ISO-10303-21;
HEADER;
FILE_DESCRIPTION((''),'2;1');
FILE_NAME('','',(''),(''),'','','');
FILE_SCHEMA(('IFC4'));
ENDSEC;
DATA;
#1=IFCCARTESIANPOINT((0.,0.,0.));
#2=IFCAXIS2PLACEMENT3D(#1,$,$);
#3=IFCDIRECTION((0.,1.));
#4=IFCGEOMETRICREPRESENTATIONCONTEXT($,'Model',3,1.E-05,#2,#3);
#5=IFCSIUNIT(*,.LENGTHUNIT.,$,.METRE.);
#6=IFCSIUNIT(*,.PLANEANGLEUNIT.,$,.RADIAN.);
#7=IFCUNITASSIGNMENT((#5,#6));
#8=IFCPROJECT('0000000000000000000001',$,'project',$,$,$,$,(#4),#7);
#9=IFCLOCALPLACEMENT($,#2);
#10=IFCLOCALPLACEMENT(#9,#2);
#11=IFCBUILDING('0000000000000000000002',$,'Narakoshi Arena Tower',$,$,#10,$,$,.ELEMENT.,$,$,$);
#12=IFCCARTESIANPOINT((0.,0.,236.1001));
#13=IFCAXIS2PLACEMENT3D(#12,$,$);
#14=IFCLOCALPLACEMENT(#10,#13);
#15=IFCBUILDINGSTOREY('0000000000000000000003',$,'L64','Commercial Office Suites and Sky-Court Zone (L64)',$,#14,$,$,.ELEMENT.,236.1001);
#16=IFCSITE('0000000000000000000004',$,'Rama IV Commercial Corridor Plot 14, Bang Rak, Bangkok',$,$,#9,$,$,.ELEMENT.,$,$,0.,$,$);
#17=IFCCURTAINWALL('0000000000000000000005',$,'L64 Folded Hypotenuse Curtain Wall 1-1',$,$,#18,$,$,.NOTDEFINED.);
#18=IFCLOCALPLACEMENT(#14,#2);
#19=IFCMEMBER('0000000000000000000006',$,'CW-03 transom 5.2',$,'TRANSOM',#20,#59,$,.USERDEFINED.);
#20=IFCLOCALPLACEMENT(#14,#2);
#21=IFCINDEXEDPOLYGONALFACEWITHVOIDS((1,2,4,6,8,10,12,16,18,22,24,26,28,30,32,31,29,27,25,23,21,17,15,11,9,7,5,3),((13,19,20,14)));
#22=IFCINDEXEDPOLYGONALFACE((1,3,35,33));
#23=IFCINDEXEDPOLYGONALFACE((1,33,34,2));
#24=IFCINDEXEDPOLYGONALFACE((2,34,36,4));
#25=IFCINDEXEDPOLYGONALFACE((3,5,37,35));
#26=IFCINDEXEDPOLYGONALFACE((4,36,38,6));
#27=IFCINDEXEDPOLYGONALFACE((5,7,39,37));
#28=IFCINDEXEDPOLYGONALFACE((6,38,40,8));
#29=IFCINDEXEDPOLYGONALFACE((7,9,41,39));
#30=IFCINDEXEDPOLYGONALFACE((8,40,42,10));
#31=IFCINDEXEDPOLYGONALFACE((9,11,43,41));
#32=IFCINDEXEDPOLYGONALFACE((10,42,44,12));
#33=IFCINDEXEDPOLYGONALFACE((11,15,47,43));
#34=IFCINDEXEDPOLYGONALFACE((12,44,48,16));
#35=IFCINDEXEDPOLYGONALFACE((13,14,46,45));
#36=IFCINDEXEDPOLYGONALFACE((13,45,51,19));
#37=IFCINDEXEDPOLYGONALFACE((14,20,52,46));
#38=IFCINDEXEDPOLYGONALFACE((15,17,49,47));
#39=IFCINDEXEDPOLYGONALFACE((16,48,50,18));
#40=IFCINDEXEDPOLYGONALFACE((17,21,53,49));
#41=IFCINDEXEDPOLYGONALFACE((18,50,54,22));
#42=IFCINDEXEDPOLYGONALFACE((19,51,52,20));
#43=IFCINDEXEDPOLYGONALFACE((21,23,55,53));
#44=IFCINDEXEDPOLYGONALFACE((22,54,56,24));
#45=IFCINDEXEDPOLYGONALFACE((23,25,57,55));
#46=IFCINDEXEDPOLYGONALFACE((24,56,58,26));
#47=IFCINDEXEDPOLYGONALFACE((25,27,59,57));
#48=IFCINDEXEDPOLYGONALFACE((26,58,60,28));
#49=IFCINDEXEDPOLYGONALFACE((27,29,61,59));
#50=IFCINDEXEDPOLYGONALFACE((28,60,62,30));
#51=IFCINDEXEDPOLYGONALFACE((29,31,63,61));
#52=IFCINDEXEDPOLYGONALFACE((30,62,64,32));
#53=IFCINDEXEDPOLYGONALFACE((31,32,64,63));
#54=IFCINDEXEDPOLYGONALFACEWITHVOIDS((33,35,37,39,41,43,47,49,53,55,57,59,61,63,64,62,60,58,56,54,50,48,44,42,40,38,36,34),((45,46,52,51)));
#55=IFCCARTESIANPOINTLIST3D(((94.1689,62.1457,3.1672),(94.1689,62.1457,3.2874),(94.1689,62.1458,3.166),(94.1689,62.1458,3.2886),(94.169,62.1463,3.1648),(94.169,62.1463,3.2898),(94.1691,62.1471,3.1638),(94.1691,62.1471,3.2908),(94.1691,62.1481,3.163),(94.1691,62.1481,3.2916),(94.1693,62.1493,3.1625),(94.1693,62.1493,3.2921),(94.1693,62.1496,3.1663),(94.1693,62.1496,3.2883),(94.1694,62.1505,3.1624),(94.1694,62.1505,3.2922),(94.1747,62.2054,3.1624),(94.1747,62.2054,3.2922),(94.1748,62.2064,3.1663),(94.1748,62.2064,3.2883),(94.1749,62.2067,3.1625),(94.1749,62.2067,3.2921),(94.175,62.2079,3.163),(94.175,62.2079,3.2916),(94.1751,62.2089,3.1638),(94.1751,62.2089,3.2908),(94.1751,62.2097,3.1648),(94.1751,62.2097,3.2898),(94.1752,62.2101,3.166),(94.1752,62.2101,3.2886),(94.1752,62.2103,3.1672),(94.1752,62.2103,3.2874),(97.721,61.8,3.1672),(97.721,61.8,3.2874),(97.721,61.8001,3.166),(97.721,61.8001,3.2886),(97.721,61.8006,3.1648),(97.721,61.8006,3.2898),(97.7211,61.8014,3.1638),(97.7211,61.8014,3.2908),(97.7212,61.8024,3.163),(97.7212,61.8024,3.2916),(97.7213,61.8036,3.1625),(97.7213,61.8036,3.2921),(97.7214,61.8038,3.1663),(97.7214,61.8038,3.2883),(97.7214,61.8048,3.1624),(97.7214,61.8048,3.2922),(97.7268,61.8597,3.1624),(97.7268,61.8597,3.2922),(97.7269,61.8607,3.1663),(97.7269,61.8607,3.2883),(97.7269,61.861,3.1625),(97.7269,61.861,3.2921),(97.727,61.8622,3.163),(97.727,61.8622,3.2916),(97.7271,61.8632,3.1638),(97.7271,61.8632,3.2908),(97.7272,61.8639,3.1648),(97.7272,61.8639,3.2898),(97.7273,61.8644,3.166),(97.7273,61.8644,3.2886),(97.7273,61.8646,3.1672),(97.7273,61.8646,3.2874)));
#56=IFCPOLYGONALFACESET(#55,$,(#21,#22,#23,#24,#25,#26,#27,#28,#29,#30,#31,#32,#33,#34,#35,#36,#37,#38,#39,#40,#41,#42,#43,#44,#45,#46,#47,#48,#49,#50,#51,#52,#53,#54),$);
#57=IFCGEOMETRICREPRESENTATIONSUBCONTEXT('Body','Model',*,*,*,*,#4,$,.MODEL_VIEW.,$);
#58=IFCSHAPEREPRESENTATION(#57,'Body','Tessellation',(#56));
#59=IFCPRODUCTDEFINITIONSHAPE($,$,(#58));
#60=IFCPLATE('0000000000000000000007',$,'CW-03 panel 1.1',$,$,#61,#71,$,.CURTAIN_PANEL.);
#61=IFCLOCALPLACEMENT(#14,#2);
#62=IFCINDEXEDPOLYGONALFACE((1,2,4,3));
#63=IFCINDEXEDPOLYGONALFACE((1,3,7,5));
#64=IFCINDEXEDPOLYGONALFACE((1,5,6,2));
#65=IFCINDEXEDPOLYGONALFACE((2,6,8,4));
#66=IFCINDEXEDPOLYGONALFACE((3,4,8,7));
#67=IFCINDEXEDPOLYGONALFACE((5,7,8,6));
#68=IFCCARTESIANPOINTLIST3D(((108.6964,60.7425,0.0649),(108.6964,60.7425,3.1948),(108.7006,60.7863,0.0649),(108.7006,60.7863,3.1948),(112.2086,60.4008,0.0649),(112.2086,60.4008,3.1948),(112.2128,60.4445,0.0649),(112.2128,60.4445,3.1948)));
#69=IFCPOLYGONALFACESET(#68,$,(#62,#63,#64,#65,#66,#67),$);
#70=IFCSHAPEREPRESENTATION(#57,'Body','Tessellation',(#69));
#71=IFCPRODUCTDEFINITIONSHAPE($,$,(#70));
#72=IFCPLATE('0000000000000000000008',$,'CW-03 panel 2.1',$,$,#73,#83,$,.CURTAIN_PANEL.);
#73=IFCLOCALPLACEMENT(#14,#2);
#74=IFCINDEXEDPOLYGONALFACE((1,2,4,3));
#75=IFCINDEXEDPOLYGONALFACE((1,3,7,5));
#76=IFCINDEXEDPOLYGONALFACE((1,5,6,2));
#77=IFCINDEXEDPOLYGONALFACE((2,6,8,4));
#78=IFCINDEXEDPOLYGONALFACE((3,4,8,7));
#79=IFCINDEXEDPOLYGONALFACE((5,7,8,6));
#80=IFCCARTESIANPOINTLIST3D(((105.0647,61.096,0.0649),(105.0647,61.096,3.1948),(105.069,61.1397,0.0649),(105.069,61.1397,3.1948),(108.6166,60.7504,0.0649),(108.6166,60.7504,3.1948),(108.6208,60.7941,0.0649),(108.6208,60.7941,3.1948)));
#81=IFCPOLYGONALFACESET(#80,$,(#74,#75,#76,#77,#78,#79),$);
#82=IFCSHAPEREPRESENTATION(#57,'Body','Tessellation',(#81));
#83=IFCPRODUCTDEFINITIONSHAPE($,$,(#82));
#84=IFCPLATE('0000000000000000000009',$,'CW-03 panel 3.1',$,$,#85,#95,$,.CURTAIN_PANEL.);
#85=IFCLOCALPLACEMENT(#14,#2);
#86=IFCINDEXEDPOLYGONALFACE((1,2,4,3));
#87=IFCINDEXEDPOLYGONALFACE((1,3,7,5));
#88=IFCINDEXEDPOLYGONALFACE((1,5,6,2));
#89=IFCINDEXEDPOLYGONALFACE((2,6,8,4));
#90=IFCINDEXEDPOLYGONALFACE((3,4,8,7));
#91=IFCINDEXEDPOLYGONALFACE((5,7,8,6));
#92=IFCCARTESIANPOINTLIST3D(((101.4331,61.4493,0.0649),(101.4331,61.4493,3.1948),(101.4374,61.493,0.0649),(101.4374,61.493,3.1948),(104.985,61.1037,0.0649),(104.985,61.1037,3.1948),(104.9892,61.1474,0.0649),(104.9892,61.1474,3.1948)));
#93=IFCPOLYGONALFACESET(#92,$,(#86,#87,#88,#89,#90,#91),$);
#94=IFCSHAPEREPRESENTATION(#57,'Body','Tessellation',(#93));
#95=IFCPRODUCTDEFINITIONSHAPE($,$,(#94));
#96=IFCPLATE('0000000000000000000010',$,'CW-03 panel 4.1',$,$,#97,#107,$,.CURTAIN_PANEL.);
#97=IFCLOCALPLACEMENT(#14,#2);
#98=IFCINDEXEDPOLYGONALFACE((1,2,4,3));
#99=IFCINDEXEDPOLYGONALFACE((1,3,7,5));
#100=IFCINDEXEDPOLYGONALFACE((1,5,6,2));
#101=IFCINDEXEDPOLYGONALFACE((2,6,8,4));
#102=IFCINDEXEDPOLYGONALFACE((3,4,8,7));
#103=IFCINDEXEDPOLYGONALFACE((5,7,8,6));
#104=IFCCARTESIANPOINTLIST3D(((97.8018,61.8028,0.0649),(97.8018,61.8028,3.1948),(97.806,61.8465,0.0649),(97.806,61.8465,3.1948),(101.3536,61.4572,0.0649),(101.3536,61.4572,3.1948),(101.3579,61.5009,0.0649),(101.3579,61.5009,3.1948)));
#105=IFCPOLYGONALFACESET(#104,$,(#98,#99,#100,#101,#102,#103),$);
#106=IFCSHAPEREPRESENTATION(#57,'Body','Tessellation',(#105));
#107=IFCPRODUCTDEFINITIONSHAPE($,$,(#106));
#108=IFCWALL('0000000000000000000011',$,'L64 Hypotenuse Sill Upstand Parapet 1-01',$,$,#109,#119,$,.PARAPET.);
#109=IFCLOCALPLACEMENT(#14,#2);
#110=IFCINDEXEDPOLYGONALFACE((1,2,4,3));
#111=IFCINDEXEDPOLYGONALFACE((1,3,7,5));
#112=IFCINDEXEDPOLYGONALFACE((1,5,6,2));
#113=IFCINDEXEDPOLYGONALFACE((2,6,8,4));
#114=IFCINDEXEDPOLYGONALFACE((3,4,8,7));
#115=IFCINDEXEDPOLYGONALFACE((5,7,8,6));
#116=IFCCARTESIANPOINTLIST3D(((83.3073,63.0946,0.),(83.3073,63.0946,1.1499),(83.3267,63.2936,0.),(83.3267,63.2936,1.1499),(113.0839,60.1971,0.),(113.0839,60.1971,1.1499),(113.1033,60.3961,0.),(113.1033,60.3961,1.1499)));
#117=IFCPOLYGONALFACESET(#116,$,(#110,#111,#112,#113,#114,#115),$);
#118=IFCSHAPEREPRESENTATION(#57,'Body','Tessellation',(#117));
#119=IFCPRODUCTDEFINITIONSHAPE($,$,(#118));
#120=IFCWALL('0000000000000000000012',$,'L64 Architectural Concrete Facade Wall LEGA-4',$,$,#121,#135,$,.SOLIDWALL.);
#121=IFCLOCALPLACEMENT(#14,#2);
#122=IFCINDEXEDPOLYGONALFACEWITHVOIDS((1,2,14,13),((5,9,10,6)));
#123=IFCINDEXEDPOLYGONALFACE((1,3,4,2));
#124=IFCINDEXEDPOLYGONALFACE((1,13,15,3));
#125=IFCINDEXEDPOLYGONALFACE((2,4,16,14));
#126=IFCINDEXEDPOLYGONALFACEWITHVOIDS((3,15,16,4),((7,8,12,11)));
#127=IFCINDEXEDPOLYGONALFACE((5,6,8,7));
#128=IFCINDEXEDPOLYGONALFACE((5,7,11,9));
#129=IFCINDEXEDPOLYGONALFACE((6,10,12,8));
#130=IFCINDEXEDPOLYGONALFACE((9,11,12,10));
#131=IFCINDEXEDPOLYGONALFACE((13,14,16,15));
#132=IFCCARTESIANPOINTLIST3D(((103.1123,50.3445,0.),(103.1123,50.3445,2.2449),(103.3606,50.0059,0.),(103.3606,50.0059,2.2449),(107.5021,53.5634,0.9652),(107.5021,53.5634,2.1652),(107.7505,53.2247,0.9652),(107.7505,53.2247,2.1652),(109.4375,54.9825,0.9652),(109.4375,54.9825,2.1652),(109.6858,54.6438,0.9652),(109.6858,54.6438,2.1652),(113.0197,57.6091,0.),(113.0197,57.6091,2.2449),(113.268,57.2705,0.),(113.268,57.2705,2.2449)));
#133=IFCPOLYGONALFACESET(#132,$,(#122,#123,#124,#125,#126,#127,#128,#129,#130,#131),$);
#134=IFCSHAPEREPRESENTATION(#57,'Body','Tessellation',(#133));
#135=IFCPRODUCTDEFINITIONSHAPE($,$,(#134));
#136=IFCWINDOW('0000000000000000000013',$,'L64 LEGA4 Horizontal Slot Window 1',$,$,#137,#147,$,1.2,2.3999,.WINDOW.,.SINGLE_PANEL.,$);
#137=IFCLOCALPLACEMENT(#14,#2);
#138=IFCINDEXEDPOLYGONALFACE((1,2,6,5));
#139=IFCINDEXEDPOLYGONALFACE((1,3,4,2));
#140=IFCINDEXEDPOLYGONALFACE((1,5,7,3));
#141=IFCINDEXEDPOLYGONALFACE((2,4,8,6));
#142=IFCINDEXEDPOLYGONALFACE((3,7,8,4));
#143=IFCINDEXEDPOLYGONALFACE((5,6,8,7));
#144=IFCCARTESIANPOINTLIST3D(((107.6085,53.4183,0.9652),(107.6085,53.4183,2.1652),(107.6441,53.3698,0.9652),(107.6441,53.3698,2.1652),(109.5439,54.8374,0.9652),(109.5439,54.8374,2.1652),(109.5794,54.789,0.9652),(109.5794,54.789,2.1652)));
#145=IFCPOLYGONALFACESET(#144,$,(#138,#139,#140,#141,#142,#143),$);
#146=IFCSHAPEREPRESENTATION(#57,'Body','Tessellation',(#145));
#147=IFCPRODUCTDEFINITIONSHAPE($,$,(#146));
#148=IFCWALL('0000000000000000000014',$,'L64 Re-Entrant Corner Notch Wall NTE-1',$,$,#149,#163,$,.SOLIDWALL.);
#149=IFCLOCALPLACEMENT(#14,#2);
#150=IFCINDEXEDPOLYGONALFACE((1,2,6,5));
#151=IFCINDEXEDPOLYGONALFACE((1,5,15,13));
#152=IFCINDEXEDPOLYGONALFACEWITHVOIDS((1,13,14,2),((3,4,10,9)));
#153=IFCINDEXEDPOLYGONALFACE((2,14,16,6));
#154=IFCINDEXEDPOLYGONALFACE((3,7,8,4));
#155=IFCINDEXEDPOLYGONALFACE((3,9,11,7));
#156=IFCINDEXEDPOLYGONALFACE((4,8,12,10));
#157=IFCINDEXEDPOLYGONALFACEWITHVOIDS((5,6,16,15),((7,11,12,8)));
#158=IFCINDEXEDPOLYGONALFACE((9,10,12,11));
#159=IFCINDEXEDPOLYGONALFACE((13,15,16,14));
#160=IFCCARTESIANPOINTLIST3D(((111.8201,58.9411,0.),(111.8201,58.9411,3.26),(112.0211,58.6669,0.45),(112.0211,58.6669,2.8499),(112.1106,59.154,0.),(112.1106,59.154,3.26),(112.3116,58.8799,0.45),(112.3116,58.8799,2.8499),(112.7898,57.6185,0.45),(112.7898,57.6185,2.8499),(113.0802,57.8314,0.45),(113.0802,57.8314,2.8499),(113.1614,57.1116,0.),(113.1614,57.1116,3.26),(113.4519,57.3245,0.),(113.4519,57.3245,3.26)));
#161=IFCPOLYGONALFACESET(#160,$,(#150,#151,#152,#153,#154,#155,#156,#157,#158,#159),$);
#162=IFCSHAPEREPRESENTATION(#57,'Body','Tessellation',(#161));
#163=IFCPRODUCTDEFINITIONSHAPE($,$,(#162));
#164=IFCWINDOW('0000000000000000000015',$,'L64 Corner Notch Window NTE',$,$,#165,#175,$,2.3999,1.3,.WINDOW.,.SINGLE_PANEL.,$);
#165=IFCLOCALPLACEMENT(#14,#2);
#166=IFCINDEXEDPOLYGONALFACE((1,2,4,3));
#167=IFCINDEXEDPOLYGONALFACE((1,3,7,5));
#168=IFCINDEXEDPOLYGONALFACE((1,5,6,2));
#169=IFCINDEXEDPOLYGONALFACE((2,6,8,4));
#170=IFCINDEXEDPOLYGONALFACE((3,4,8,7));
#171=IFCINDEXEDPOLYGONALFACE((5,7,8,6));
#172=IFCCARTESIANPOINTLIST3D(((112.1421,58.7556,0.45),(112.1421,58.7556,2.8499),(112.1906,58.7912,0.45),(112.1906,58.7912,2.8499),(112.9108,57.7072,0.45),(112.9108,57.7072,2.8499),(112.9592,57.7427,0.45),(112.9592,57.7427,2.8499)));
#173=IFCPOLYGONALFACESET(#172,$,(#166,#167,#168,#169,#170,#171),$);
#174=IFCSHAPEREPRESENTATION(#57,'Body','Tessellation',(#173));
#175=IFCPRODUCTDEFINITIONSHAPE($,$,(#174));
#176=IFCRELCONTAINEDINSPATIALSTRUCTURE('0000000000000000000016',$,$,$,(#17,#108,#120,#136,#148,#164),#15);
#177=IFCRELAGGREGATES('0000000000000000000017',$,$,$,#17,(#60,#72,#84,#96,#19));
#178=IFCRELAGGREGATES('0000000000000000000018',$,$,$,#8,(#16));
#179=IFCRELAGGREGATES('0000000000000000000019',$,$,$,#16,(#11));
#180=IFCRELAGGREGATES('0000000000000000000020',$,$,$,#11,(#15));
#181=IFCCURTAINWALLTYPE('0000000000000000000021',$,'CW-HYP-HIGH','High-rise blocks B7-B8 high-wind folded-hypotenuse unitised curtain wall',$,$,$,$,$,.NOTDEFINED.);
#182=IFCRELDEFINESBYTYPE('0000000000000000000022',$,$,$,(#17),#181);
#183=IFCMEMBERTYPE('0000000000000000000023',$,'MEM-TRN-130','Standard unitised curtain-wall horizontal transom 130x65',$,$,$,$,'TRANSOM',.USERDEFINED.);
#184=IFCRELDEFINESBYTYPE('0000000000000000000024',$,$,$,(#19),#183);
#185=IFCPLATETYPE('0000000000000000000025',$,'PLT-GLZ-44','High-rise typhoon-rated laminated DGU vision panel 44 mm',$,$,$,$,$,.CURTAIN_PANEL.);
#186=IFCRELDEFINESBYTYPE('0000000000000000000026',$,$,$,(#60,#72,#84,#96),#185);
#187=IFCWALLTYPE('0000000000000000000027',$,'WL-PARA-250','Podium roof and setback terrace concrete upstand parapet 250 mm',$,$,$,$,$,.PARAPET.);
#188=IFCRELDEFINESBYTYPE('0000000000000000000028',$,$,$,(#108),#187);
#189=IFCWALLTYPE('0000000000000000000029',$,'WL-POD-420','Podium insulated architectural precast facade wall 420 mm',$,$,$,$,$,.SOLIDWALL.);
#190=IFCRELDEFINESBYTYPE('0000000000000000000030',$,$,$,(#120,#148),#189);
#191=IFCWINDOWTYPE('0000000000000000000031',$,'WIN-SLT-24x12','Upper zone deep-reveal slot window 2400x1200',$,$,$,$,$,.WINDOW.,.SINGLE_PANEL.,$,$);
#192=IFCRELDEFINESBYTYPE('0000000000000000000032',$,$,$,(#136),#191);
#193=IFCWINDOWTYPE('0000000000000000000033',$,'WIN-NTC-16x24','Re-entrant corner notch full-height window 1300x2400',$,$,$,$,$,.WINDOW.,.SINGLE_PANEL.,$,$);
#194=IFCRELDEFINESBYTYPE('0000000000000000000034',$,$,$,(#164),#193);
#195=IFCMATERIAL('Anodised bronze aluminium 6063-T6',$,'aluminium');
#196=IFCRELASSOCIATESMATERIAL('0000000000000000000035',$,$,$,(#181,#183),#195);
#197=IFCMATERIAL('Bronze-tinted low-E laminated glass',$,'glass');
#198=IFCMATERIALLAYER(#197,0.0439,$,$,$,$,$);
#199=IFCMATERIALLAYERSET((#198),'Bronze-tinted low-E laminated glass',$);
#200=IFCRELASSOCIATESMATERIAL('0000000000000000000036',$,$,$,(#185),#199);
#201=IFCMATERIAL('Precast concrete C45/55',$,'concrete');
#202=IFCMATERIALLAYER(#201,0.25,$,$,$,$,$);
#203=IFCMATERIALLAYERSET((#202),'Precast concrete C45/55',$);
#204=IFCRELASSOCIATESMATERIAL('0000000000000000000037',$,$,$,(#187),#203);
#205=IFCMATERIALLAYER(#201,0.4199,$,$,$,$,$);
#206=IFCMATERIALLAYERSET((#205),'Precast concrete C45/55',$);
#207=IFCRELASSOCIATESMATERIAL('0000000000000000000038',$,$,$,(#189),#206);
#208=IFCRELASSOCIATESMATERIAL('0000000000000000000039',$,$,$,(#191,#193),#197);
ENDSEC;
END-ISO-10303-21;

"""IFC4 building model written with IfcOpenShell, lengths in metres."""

from ifc_helpers import new_model, si_unit, direction, frame, frame_2d, origin, origin_2d, place, context, subcontext, project, spatial, rectangle, hollow_rectangle, extrude, material, layer, layer_set, material_profile, profile_set, type_object, element, fill, aggregate, save


model = new_model("IFC4")

# Units and contexts
model_context = context("Model", 3, precision=1e-05, world=origin(), true_north=direction((0.0, 1.0)))
body_context = subcontext(model_context, "Body", "Model", "MODEL_VIEW")
ifc_project = project(units=[si_unit("LENGTHUNIT", "METRE"), si_unit("PLANEANGLEUNIT", "RADIAN")], contexts=[model_context])

# Site, building, storey
site_placement = place(None, origin())
site = spatial("IfcSite", under=ifc_project, at=site_placement, Name="Rama IV Commercial Corridor Plot 14, Bang Rak, Bangkok", CompositionType="ELEMENT", RefElevation=0.0)
building_placement = place(site_placement, origin())
building = spatial("IfcBuilding", under=site, at=building_placement, Name="Narakoshi Arena Tower", CompositionType="ELEMENT")
storey_placement = place(building_placement, frame((0.0, 0.0, 236.1001)))
storey = spatial("IfcBuildingStorey", under=building, at=storey_placement, Name="L64", Description="Commercial Office Suites and Sky-Court Zone (L64)", CompositionType="ELEMENT", Elevation=236.1001)

# Curtain wall, member, plates
ifc_material_1 = material(Name="Anodised bronze aluminium 6063-T6", Category="aluminium")
curtain_wall_type = type_object("IfcCurtainWallType", Name="CW-HYP-HIGH", Description="High-rise blocks B7-B8 high-wind folded-hypotenuse unitised curtain wall", PredefinedType="NOTDEFINED", material=ifc_material_1)
curtain_wall_placement = place(storey_placement, origin())
curtain_wall = element("IfcCurtainWall", 1, at=curtain_wall_placement, inside=storey, type_object=curtain_wall_type, Name="L64 Folded Hypotenuse Curtain Wall 1-1", PredefinedType="NOTDEFINED")
ifc_material_profile_1 = material_profile(ifc_material_1, hollow_rectangle(XDim=0.0649, YDim=0.1299, WallThickness=0.0039, OuterFilletRadius=0.0049, at=origin_2d()), Name="TRN130x65x4")
ifc_profile_set_1 = profile_set([ifc_material_profile_1], Name="Anodised bronze aluminium 6063-T6")
member_type_1 = type_object("IfcMemberType", Name="MEM-TRN-130", Description="Standard unitised curtain-wall horizontal transom 130x65", ElementType="TRANSOM", PredefinedType="USERDEFINED", material=ifc_profile_set_1)
member_1_placement = place(storey_placement, frame((97.7241, 61.8323, 3.2273), z_axis=(-0.995297, 0.096869, 0.0), x_axis=(-0.096869, -0.995297, 0.0)))
member_1 = element("IfcMember", 2, at=member_1_placement, type_object=member_type_1, Name="CW-03 transom 5.2", ObjectType="TRANSOM", PredefinedType="USERDEFINED", context=body_context, shape_type="SweptSolid", body=[
    extrude(hollow_rectangle(XDim=0.0649, YDim=0.1299, WallThickness=0.0039, OuterFilletRadius=0.0049, at=origin_2d()), origin(), (0.0, 0.0, 1.0), 3.5688),
])
ifc_material_2 = material(Name="Bronze-tinted low-E laminated glass", Category="glass")
ifc_layer_1 = layer(ifc_material_2, 0.0439)
ifc_layer_set_1 = layer_set([ifc_layer_1], Name="Bronze-tinted low-E laminated glass")
plate_type = type_object("IfcPlateType", Name="PLT-GLZ-44", Description="High-rise typhoon-rated laminated DGU vision panel 44 mm", PredefinedType="CURTAIN_PANEL", material=ifc_layer_set_1)
plate_1_placement = place(storey_placement, frame((110.4546, 60.5935, 0.0649), z_axis=(0.0, 0.0, 1.0), x_axis=(-0.995299, 0.096851, 0.0)))
plate_1 = element("IfcPlate", 3, at=plate_1_placement, type_object=plate_type, Name="CW-03 panel 1.1", PredefinedType="CURTAIN_PANEL", context=body_context, shape_type="SweptSolid", body=[
    extrude(rectangle(XDim=3.5288, YDim=0.0439, at=origin_2d()), origin(), (0.0, 0.0, 1.0), 3.1299),
])
plate_2_placement = place(storey_placement, frame((106.8428, 60.9451, 0.0649), z_axis=(0.0, 0.0, 1.0), x_axis=(-0.995299, 0.096851, 0.0)))
plate_2 = element("IfcPlate", 4, at=plate_2_placement, type_object=plate_type, Name="CW-03 panel 2.1", PredefinedType="CURTAIN_PANEL", context=body_context, shape_type="SweptSolid", body=[
    extrude(rectangle(XDim=3.5686, YDim=0.0439, at=origin_2d()), origin(), (0.0, 0.0, 1.0), 3.1299),
])
plate_3_placement = place(storey_placement, frame((103.2112, 61.2983, 0.0649), z_axis=(0.0, 0.0, 1.0), x_axis=(-0.995299, 0.096851, 0.0)))
plate_3 = element("IfcPlate", 5, at=plate_3_placement, type_object=plate_type, Name="CW-03 panel 3.1", PredefinedType="CURTAIN_PANEL", context=body_context, shape_type="SweptSolid", body=[
    extrude(rectangle(XDim=3.5686, YDim=0.0439, at=origin_2d()), origin(), (0.0, 0.0, 1.0), 3.1299),
])
plate_4_placement = place(storey_placement, frame((99.5798, 61.6519, 0.0649), z_axis=(0.0, 0.0, 1.0), x_axis=(-0.995299, 0.096851, 0.0)))
plate_4 = element("IfcPlate", 6, at=plate_4_placement, type_object=plate_type, Name="CW-03 panel 4.1", PredefinedType="CURTAIN_PANEL", context=body_context, shape_type="SweptSolid", body=[
    extrude(rectangle(XDim=3.5686, YDim=0.0439, at=origin_2d()), origin(), (0.0, 0.0, 1.0), 3.1299),
])
aggregate(curtain_wall, [plate_1, plate_2, plate_3, plate_4, member_1])

# Wall
ifc_material_3 = material(Name="Precast concrete C45/55", Category="concrete")
ifc_layer_2 = layer(ifc_material_3, 0.25)
ifc_layer_set_2 = layer_set([ifc_layer_2], Name="Precast concrete C45/55")
wall_type_1 = type_object("IfcWallType", Name="WL-PARA-250", Description="Podium roof and setback terrace concrete upstand parapet 250 mm", PredefinedType="PARAPET", material=ifc_layer_set_2)
wall_1_placement = place(storey_placement, frame((113.0935, 60.2966, 0.0), z_axis=(0.0, 0.0, 1.0), x_axis=(-0.995299, 0.096849, 0.0)))
element("IfcWall", 7, at=wall_1_placement, inside=storey, type_object=wall_type_1, Name="L64 Hypotenuse Sill Upstand Parapet 1-01", PredefinedType="PARAPET", context=body_context, shape_type="SweptSolid", body=[
    extrude(rectangle(XDim=29.9172, YDim=0.2, at=frame_2d((14.9585, 0.0))), origin(), (0.0, 0.0, 1.0), 1.1499),
])

# Walls, openings, windows
ifc_layer_3 = layer(ifc_material_3, 0.4199)
ifc_layer_set_3 = layer_set([ifc_layer_3], Name="Precast concrete C45/55")
wall_type_2 = type_object("IfcWallType", Name="WL-POD-420", Description="Podium insulated architectural precast facade wall 420 mm", PredefinedType="SOLIDWALL", material=ifc_layer_set_3)
wall_2_placement = place(storey_placement, frame((103.2366, 50.1753, 0.0), z_axis=(0.0, 0.0, 1.0), x_axis=(0.806437, 0.59132, 0.0)))
wall_2 = element("IfcWall", 8, at=wall_2_placement, inside=storey, type_object=wall_type_2, Name="L64 Architectural Concrete Facade Wall LEGA-4", PredefinedType="SOLIDWALL", context=body_context, shape_type="SweptSolid", body=[
    extrude(rectangle(XDim=12.2854, YDim=0.4199, at=frame_2d((6.1426, 0.0))), origin(), (0.0, 0.0, 1.0), 2.2449),
])
opening_1_placement = place(wall_2_placement, frame((5.4434, 0.0, 0.9651)))
opening_1 = element("IfcOpeningElement", 9, at=opening_1_placement, cuts=wall_2, PredefinedType="OPENING", context=body_context, shape_type="SweptSolid", body=[
    extrude(rectangle(XDim=2.3999, YDim=1.2, at=frame_2d((1.2, 0.6001))), frame((0.0, 0.22, 0.0), z_axis=(0.0, -1.0, 0.0), x_axis=(1.0, 0.0, 0.0)), (0.0, 0.0, 1.0), 0.4399),
])
window_type_1 = type_object("IfcWindowType", Name="WIN-SLT-24x12", Description="Upper zone deep-reveal slot window 2400x1200", PartitioningType="SINGLE_PANEL", PredefinedType="WINDOW", material=ifc_material_2)
window_1_placement = place(opening_1_placement, origin())
window_1 = element("IfcWindow", 10, at=window_1_placement, inside=storey, type_object=window_type_1, Name="L64 LEGA4 Horizontal Slot Window 1", OverallHeight=1.2, OverallWidth=2.3999, PartitioningType="SINGLE_PANEL", PredefinedType="WINDOW", context=body_context, shape_type="SweptSolid", body=[
    extrude(rectangle(XDim=2.3999, YDim=1.2, at=frame_2d((1.2, 0.6001))), frame((0.0, 0.03, 0.0), z_axis=(0.0, -1.0, 0.0), x_axis=(1.0, 0.0, 0.0)), (0.0, 0.0, 1.0), 0.0601),
])
fill(opening_1, window_1)
wall_3_placement = place(storey_placement, frame((113.3066, 57.218, 0.0), z_axis=(0.0, 0.0, 1.0), x_axis=(-0.591252, 0.806487, 0.0)))
wall_3 = element("IfcWall", 11, at=wall_3_placement, inside=storey, type_object=wall_type_2, Name="L64 Re-Entrant Corner Notch Wall NTE-1", PredefinedType="SOLIDWALL", context=body_context, shape_type="SweptSolid", body=[
    extrude(rectangle(XDim=2.2686, YDim=0.3601, at=frame_2d((1.1343, 0.0))), origin(), (0.0, 0.0, 1.0), 3.26),
])
opening_2_placement = place(wall_3_placement, frame((0.6287, 0.0, 0.45)))
opening_2 = element("IfcOpeningElement", 12, at=opening_2_placement, cuts=wall_3, PredefinedType="OPENING", context=body_context, shape_type="SweptSolid", body=[
    extrude(rectangle(XDim=1.3, YDim=2.3999, at=frame_2d((0.6499, 1.2))), frame((0.0, 0.1899, 0.0), z_axis=(0.0, -1.0, 0.0), x_axis=(1.0, 0.0, 0.0)), (0.0, 0.0, 1.0), 0.3801),
])
window_type_2 = type_object("IfcWindowType", Name="WIN-NTC-16x24", Description="Re-entrant corner notch full-height window 1300x2400", PartitioningType="SINGLE_PANEL", PredefinedType="WINDOW", material=ifc_material_2)
window_2_placement = place(opening_2_placement, origin())
window_2 = element("IfcWindow", 13, at=window_2_placement, inside=storey, type_object=window_type_2, Name="L64 Corner Notch Window NTE", OverallHeight=2.3999, OverallWidth=1.3, PartitioningType="SINGLE_PANEL", PredefinedType="WINDOW", context=body_context, shape_type="SweptSolid", body=[
    extrude(rectangle(XDim=1.3, YDim=2.3999, at=frame_2d((0.6499, 1.2))), frame((0.0, 0.03, 0.0), z_axis=(0.0, -1.0, 0.0), x_axis=(1.0, 0.0, 0.0)), (0.0, 0.0, 1.0), 0.0601),
])
fill(opening_2, window_2)

save(model, "model.ifc")
